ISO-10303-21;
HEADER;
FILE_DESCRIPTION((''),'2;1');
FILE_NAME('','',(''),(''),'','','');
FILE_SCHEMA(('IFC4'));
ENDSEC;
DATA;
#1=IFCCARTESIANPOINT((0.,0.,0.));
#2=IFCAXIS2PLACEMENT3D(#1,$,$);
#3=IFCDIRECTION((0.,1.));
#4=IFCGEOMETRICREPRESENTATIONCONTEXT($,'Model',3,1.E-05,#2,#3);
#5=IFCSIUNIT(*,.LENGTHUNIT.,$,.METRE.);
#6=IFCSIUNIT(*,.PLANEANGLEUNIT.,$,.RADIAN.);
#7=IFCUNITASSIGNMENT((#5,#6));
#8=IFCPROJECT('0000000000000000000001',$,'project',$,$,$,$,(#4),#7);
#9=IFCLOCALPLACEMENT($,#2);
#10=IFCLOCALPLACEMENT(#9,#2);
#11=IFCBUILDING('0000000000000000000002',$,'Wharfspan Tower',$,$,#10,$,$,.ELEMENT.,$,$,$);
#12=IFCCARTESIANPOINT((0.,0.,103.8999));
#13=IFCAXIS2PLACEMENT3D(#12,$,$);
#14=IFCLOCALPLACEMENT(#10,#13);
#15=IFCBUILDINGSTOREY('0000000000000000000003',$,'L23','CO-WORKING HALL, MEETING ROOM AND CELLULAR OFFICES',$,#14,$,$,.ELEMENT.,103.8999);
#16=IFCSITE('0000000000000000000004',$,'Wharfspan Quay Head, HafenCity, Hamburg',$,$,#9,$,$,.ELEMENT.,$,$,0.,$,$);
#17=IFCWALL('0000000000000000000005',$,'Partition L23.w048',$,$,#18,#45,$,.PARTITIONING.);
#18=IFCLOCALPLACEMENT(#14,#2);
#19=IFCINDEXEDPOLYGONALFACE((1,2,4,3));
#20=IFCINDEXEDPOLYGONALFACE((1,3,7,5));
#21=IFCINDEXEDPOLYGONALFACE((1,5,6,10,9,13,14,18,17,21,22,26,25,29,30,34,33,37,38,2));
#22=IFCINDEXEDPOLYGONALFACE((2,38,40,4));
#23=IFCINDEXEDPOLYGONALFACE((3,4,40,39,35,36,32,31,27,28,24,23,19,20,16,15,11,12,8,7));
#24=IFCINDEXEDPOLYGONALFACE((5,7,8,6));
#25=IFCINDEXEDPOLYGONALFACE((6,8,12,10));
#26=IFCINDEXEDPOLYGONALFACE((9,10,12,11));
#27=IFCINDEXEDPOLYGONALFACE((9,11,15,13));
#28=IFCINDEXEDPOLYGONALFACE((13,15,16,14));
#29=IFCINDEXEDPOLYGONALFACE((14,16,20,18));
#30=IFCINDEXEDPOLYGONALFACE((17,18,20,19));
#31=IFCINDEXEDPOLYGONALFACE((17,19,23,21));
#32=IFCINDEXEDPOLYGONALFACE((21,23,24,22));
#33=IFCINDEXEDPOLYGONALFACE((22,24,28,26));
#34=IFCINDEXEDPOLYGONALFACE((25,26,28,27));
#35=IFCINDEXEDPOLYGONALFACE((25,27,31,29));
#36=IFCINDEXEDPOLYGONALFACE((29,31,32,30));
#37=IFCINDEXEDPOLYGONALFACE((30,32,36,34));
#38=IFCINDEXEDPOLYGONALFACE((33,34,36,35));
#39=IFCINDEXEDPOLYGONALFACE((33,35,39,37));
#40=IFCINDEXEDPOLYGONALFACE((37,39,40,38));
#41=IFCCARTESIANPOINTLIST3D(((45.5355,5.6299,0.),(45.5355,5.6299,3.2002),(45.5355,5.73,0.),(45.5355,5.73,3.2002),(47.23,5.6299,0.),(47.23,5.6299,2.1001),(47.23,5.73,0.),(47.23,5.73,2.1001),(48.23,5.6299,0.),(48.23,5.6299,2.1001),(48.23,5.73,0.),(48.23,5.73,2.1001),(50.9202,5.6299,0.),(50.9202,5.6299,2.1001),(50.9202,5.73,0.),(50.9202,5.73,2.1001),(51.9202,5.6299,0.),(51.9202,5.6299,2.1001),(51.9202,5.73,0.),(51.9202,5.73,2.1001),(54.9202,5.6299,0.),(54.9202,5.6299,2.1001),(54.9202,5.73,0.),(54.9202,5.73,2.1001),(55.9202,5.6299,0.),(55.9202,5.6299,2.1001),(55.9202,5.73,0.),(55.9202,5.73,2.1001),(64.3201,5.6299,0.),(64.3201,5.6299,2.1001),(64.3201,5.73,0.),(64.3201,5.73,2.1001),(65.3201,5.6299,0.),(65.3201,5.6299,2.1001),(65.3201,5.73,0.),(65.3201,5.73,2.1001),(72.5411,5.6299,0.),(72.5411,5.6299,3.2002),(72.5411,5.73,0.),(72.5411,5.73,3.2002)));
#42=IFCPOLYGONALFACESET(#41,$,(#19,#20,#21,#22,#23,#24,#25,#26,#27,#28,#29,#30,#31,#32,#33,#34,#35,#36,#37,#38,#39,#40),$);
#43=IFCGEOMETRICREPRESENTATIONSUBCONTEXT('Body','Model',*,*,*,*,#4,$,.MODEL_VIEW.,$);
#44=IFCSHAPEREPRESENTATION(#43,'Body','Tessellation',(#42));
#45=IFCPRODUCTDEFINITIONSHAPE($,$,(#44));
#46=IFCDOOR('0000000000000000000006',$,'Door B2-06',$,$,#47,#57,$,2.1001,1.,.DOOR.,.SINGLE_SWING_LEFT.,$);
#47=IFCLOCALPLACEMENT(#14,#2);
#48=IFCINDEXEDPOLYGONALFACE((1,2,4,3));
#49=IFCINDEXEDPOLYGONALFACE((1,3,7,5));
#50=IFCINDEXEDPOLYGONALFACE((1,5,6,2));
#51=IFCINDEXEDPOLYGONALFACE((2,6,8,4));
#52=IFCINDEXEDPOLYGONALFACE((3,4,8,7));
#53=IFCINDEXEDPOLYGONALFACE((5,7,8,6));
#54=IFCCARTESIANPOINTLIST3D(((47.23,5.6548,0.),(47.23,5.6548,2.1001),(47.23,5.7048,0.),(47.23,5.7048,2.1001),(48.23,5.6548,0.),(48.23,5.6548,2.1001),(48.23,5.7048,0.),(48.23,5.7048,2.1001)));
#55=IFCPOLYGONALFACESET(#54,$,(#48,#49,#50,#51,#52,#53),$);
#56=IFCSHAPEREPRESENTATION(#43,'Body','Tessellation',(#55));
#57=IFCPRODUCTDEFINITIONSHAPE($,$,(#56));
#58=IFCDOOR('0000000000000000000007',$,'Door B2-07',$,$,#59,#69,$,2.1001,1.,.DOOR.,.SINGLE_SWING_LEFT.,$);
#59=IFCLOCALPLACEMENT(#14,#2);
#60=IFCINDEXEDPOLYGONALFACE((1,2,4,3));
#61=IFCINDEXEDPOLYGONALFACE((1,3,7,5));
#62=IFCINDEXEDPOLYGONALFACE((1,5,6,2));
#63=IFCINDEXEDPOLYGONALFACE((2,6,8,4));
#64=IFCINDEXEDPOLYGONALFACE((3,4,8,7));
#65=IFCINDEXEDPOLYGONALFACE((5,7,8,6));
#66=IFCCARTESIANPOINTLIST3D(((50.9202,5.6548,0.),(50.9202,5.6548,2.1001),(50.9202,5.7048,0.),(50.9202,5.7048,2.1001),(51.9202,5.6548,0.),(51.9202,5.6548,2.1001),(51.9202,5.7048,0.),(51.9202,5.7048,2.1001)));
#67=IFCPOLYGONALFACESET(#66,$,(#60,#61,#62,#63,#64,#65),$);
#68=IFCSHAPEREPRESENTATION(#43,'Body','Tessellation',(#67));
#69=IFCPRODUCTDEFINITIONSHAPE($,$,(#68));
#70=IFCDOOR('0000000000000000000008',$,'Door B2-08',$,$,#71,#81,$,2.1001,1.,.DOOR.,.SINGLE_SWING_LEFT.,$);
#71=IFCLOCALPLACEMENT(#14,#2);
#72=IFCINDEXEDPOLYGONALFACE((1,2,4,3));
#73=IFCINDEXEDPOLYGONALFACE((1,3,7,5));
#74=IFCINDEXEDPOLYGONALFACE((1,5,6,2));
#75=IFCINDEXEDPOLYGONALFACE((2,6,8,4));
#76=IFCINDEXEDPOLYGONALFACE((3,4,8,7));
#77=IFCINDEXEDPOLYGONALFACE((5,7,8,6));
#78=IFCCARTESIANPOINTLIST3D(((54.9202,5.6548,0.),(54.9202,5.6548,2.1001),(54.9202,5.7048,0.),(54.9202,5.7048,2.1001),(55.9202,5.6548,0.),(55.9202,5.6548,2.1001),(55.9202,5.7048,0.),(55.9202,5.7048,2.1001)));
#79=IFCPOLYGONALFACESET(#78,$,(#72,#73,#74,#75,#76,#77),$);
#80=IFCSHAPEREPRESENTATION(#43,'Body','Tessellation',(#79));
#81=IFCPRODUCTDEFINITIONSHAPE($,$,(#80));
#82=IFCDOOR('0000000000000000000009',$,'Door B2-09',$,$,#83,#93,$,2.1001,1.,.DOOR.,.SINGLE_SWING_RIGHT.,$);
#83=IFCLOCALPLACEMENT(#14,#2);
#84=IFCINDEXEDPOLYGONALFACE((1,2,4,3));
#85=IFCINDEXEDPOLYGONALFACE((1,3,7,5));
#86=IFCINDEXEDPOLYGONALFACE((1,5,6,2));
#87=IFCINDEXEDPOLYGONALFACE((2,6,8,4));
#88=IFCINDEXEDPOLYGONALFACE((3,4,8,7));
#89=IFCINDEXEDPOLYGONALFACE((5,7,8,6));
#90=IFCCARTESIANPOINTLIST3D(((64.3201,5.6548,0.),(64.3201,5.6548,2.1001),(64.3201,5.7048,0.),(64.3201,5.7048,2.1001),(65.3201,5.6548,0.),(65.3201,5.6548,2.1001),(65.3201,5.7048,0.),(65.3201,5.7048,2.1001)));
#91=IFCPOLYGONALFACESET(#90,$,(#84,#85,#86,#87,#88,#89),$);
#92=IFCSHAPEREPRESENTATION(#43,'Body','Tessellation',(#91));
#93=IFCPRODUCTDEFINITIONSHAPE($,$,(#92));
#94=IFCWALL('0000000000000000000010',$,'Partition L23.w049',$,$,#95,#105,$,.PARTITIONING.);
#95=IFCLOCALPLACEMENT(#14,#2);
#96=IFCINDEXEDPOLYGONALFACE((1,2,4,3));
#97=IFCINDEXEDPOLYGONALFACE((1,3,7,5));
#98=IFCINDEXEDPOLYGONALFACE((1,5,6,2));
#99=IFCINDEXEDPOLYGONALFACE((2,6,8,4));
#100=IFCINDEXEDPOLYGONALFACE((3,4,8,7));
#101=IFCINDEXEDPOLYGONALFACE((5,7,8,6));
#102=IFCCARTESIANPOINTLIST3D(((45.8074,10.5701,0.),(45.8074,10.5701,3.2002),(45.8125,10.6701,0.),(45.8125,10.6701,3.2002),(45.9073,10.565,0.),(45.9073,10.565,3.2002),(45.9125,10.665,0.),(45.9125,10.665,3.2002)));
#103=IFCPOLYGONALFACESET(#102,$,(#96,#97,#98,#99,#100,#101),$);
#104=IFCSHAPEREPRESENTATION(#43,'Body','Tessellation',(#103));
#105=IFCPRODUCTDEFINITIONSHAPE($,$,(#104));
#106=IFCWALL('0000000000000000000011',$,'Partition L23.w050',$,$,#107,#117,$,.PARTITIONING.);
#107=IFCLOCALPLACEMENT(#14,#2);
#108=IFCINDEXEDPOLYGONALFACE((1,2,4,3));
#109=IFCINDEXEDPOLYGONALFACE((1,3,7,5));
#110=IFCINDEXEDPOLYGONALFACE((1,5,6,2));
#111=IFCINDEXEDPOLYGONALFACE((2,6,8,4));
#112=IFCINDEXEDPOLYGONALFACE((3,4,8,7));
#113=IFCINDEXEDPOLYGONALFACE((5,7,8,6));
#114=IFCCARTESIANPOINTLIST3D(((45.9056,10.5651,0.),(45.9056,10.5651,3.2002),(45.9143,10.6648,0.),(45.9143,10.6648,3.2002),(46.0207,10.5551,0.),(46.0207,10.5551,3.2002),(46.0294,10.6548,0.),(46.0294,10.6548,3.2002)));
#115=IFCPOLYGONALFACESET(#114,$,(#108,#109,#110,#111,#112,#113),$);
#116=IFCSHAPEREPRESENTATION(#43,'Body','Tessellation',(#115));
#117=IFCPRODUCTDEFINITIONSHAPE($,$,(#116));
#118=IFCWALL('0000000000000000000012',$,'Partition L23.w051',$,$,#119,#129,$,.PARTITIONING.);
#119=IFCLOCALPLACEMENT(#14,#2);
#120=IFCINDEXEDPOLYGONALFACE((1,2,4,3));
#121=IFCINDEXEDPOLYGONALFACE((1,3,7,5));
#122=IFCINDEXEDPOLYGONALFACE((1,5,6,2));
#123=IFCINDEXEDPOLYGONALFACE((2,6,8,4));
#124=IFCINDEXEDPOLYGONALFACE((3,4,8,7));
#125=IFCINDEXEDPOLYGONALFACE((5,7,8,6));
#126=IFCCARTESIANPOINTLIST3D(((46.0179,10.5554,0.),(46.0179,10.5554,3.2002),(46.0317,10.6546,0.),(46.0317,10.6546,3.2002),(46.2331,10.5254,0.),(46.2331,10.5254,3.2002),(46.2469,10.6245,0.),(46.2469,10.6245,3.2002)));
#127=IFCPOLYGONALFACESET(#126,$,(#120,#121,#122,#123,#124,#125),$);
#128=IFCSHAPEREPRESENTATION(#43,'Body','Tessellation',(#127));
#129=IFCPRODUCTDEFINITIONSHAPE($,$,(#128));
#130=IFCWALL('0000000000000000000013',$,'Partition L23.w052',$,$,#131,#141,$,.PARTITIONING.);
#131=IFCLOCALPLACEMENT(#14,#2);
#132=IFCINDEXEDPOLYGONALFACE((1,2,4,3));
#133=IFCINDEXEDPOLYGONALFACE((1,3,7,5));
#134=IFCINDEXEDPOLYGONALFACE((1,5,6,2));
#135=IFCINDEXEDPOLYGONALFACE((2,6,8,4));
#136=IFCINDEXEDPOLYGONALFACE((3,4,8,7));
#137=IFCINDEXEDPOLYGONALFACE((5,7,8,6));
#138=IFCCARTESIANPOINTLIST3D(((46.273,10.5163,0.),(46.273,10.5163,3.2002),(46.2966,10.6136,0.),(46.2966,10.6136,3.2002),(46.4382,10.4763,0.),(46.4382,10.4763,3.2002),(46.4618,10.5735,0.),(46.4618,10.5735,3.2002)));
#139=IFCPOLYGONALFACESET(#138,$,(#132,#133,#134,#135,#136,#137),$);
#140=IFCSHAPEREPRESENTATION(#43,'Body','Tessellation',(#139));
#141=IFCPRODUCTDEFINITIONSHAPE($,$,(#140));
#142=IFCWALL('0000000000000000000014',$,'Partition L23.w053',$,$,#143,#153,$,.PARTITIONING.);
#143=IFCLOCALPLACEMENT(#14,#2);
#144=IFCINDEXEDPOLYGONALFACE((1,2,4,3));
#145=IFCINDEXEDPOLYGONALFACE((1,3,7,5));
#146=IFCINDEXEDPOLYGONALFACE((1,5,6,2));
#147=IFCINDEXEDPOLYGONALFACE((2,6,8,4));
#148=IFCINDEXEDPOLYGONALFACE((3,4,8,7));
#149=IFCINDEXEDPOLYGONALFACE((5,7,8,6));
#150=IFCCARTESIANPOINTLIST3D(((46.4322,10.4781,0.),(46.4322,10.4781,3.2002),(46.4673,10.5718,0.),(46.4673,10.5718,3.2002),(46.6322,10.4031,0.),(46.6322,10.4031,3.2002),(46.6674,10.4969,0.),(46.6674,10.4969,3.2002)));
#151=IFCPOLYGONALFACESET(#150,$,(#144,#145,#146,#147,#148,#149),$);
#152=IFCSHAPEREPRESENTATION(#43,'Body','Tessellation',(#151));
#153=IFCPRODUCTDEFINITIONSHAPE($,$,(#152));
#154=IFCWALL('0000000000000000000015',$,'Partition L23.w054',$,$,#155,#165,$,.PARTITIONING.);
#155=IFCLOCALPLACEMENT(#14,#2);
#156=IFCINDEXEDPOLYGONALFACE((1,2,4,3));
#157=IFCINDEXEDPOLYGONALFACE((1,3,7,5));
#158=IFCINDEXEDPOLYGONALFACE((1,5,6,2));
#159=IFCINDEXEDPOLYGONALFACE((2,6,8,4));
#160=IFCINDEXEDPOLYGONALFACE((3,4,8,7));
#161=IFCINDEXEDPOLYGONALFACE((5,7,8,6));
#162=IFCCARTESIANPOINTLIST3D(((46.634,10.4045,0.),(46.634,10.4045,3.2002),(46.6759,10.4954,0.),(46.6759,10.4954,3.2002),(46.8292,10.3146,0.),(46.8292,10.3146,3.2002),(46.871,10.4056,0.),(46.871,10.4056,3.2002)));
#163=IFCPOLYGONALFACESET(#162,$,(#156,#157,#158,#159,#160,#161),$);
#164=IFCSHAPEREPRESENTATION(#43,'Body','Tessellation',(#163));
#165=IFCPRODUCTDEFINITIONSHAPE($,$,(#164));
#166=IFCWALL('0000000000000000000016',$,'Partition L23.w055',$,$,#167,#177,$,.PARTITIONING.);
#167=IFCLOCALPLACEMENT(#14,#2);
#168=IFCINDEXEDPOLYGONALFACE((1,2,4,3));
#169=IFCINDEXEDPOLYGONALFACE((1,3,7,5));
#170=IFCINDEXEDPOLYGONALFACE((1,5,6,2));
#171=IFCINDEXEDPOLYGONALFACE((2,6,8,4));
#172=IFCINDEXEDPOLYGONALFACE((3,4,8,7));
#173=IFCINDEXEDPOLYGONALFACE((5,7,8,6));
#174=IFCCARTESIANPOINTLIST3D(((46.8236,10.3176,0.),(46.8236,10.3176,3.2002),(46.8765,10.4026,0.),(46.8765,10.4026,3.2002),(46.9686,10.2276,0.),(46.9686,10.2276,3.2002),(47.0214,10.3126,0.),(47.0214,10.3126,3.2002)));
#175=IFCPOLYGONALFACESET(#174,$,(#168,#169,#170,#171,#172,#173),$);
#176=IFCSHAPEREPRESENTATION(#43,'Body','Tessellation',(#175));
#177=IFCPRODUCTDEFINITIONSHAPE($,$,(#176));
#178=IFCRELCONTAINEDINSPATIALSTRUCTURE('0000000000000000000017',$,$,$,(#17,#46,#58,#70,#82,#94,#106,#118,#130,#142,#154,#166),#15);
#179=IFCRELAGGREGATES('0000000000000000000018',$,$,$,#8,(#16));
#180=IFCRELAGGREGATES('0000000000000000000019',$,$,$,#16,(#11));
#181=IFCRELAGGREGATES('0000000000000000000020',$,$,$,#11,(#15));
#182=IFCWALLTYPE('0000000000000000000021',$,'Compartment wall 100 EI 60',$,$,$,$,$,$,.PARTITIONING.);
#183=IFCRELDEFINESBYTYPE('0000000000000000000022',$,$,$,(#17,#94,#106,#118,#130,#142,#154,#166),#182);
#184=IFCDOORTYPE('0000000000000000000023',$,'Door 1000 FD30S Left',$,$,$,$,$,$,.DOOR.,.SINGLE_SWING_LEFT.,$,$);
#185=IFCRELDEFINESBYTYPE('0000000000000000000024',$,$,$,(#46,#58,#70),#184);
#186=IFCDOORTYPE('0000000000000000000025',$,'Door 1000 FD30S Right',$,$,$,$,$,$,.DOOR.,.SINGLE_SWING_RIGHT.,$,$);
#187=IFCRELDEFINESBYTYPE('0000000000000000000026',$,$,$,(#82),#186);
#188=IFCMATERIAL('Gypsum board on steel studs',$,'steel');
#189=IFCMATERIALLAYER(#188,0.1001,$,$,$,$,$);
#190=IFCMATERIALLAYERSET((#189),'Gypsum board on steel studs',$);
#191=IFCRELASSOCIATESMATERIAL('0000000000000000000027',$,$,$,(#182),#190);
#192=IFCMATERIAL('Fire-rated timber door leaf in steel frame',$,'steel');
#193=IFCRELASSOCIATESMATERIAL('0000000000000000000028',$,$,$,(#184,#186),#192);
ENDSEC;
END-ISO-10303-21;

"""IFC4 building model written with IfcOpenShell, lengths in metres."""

from ifc_helpers import new_model, si_unit, direction, frame, frame_2d, origin, place, context, subcontext, project, spatial, rectangle, extrude, material, layer, layer_set, type_object, element, fill, save


model = new_model("IFC4")

# Units and contexts
model_context = context("Model", 3, precision=1e-05, world=origin(), true_north=direction((0.0, 1.0)))
body_context = subcontext(model_context, "Body", "Model", "MODEL_VIEW")
ifc_project = project(units=[si_unit("LENGTHUNIT", "METRE"), si_unit("PLANEANGLEUNIT", "RADIAN")], contexts=[model_context])

# Site, building, storey
site_placement = place(None, origin())
site = spatial("IfcSite", under=ifc_project, at=site_placement, Name="Wharfspan Quay Head, HafenCity, Hamburg", CompositionType="ELEMENT", RefElevation=0.0)
building_placement = place(site_placement, origin())
building = spatial("IfcBuilding", under=site, at=building_placement, Name="Wharfspan Tower", CompositionType="ELEMENT")
storey_placement = place(building_placement, frame((0.0, 0.0, 103.8999)))
storey = spatial("IfcBuildingStorey", under=building, at=storey_placement, Name="L23", Description="CO-WORKING HALL, MEETING ROOM AND CELLULAR OFFICES", CompositionType="ELEMENT", Elevation=103.8999)

# Wall, openings, doors
ifc_material_1 = material(Name="Gypsum board on steel studs", Category="steel")
ifc_layer_1 = layer(ifc_material_1, 0.1001)
ifc_layer_set_1 = layer_set([ifc_layer_1], Name="Gypsum board on steel studs")
wall_type_1 = type_object("IfcWallType", Name="Compartment wall 100 EI 60", PredefinedType="PARTITIONING", material=ifc_layer_set_1)
wall_1_placement = place(storey_placement, frame((45.5354, 5.6799, 0.0), z_axis=(0.0, 0.0, 1.0), x_axis=(1.0, 0.0, 0.0)))
wall_1 = element("IfcWall", 1, at=wall_1_placement, inside=storey, type_object=wall_type_1, Name="Partition L23.w048", PredefinedType="PARTITIONING", context=body_context, shape_type="SweptSolid", body=[
    extrude(rectangle(XDim=27.0056, YDim=0.1001, at=frame_2d((13.5029, 0.0))), origin(), (0.0, 0.0, 1.0), 3.2002),
])
opening_1_placement = place(wall_1_placement, frame((1.6946, 0.0, 0.0)))
opening_1 = element("IfcOpeningElement", 2, at=opening_1_placement, cuts=wall_1, PredefinedType="OPENING", context=body_context, shape_type="SweptSolid", body=[
    extrude(rectangle(XDim=1.0, YDim=2.1001, at=frame_2d((0.5, 1.05))), frame((0.0, 0.0601, 0.0), z_axis=(0.0, -1.0, 0.0), x_axis=(1.0, 0.0, 0.0)), (0.0, 0.0, 1.0), 0.1201),
])
opening_2_placement = place(wall_1_placement, frame((5.3848, 0.0, 0.0)))
opening_2 = element("IfcOpeningElement", 3, at=opening_2_placement, cuts=wall_1, PredefinedType="OPENING", context=body_context, shape_type="SweptSolid", body=[
    extrude(rectangle(XDim=1.0, YDim=2.1001, at=frame_2d((0.5, 1.05))), frame((0.0, 0.0601, 0.0), z_axis=(0.0, -1.0, 0.0), x_axis=(1.0, 0.0, 0.0)), (0.0, 0.0, 1.0), 0.1201),
])
opening_3_placement = place(wall_1_placement, frame((9.3848, 0.0, 0.0)))
opening_3 = element("IfcOpeningElement", 4, at=opening_3_placement, cuts=wall_1, PredefinedType="OPENING", context=body_context, shape_type="SweptSolid", body=[
    extrude(rectangle(XDim=1.0, YDim=2.1001, at=frame_2d((0.5, 1.05))), frame((0.0, 0.0601, 0.0), z_axis=(0.0, -1.0, 0.0), x_axis=(1.0, 0.0, 0.0)), (0.0, 0.0, 1.0), 0.1201),
])
opening_4_placement = place(wall_1_placement, frame((18.7847, 0.0, 0.0)))
opening_4 = element("IfcOpeningElement", 5, at=opening_4_placement, cuts=wall_1, PredefinedType="OPENING", context=body_context, shape_type="SweptSolid", body=[
    extrude(rectangle(XDim=1.0, YDim=2.1001, at=frame_2d((0.5, 1.05))), frame((0.0, 0.0601, 0.0), z_axis=(0.0, -1.0, 0.0), x_axis=(1.0, 0.0, 0.0)), (0.0, 0.0, 1.0), 0.1201),
])
ifc_material_2 = material(Name="Fire-rated timber door leaf in steel frame", Category="steel")
door_type_1 = type_object("IfcDoorType", Name="Door 1000 FD30S Left", OperationType="SINGLE_SWING_LEFT", PredefinedType="DOOR", material=ifc_material_2)
door_1_placement = place(opening_1_placement, origin())
door_1 = element("IfcDoor", 6, at=door_1_placement, inside=storey, type_object=door_type_1, Name="Door B2-06", OperationType="SINGLE_SWING_LEFT", OverallHeight=2.1001, OverallWidth=1.0, PredefinedType="DOOR", context=body_context, shape_type="SweptSolid", body=[
    extrude(rectangle(XDim=1.0, YDim=2.1001, at=frame_2d((0.5, 1.05))), frame((0.0, 0.0249, 0.0), z_axis=(0.0, -1.0, 0.0), x_axis=(1.0, 0.0, 0.0)), (0.0, 0.0, 1.0), 0.05),
])
fill(opening_1, door_1)
door_2_placement = place(opening_2_placement, origin())
door_2 = element("IfcDoor", 7, at=door_2_placement, inside=storey, type_object=door_type_1, Name="Door B2-07", OperationType="SINGLE_SWING_LEFT", OverallHeight=2.1001, OverallWidth=1.0, PredefinedType="DOOR", context=body_context, shape_type="SweptSolid", body=[
    extrude(rectangle(XDim=1.0, YDim=2.1001, at=frame_2d((0.5, 1.05))), frame((0.0, 0.0249, 0.0), z_axis=(0.0, -1.0, 0.0), x_axis=(1.0, 0.0, 0.0)), (0.0, 0.0, 1.0), 0.05),
])
fill(opening_2, door_2)
door_3_placement = place(opening_3_placement, origin())
door_3 = element("IfcDoor", 8, at=door_3_placement, inside=storey, type_object=door_type_1, Name="Door B2-08", OperationType="SINGLE_SWING_LEFT", OverallHeight=2.1001, OverallWidth=1.0, PredefinedType="DOOR", context=body_context, shape_type="SweptSolid", body=[
    extrude(rectangle(XDim=1.0, YDim=2.1001, at=frame_2d((0.5, 1.05))), frame((0.0, 0.0249, 0.0), z_axis=(0.0, -1.0, 0.0), x_axis=(1.0, 0.0, 0.0)), (0.0, 0.0, 1.0), 0.05),
])
fill(opening_3, door_3)
door_type_2 = type_object("IfcDoorType", Name="Door 1000 FD30S Right", OperationType="SINGLE_SWING_RIGHT", PredefinedType="DOOR", material=ifc_material_2)
door_4_placement = place(opening_4_placement, origin())
door_4 = element("IfcDoor", 9, at=door_4_placement, inside=storey, type_object=door_type_2, Name="Door B2-09", OperationType="SINGLE_SWING_RIGHT", OverallHeight=2.1001, OverallWidth=1.0, PredefinedType="DOOR", context=body_context, shape_type="SweptSolid", body=[
    extrude(rectangle(XDim=1.0, YDim=2.1001, at=frame_2d((0.5, 1.05))), frame((0.0, 0.0249, 0.0), z_axis=(0.0, -1.0, 0.0), x_axis=(1.0, 0.0, 0.0)), (0.0, 0.0, 1.0), 0.05),
])
fill(opening_4, door_4)

# Walls
wall_2_placement = place(storey_placement, frame((45.9099, 10.615, 0.0), z_axis=(0.0, 0.0, 1.0), x_axis=(-0.998681, 0.051277, 0.0)))
element("IfcWall", 10, at=wall_2_placement, inside=storey, type_object=wall_type_1, Name="Partition L23.w049", PredefinedType="PARTITIONING", context=body_context, shape_type="SweptSolid", body=[
    extrude(rectangle(XDim=0.1001, YDim=0.1001, at=frame_2d((0.05, 0.0))), origin(), (0.0, 0.0, 1.0), 3.2002),
])
wall_3_placement = place(storey_placement, frame((46.0249, 10.605, 0.0), z_axis=(0.0, 0.0, 1.0), x_axis=(-0.996234, 0.086721, 0.0)))
element("IfcWall", 11, at=wall_3_placement, inside=storey, type_object=wall_type_1, Name="Partition L23.w050", PredefinedType="PARTITIONING", context=body_context, shape_type="SweptSolid", body=[
    extrude(rectangle(XDim=0.1155, YDim=0.1001, at=frame_2d((0.0576, 0.0))), origin(), (0.0, 0.0, 1.0), 3.2002),
])
wall_4_placement = place(storey_placement, frame((46.24, 10.575, 0.0), z_axis=(0.0, 0.0, 1.0), x_axis=(-0.990394, 0.138273, 0.0)))
element("IfcWall", 12, at=wall_4_placement, inside=storey, type_object=wall_type_1, Name="Partition L23.w051", PredefinedType="PARTITIONING", context=body_context, shape_type="SweptSolid", body=[
    extrude(rectangle(XDim=0.2173, YDim=0.1001, at=frame_2d((0.1086, 0.0))), origin(), (0.0, 0.0, 1.0), 3.2002),
])
wall_5_placement = place(storey_placement, frame((46.45, 10.5249, 0.0), z_axis=(0.0, 0.0, 1.0), x_axis=(-0.971812, 0.235765, 0.0)))
element("IfcWall", 13, at=wall_5_placement, inside=storey, type_object=wall_type_1, Name="Partition L23.w052", PredefinedType="PARTITIONING", context=body_context, shape_type="SweptSolid", body=[
    extrude(rectangle(XDim=0.1699, YDim=0.1001, at=frame_2d((0.085, 0.0))), origin(), (0.0, 0.0, 1.0), 3.2002),
])
wall_6_placement = place(storey_placement, frame((46.6499, 10.45, 0.0), z_axis=(0.0, 0.0, 1.0), x_axis=(-0.936373, 0.350997, 0.0)))
element("IfcWall", 14, at=wall_6_placement, inside=storey, type_object=wall_type_1, Name="Partition L23.w053", PredefinedType="PARTITIONING", context=body_context, shape_type="SweptSolid", body=[
    extrude(rectangle(XDim=0.2136, YDim=0.1001, at=frame_2d((0.1069, 0.0))), origin(), (0.0, 0.0, 1.0), 3.2002),
])
wall_7_placement = place(storey_placement, frame((46.8501, 10.3601, 0.0), z_axis=(0.0, 0.0, 1.0), x_axis=(-0.908296, 0.418339, 0.0)))
element("IfcWall", 15, at=wall_7_placement, inside=storey, type_object=wall_type_1, Name="Partition L23.w054", PredefinedType="PARTITIONING", context=body_context, shape_type="SweptSolid", body=[
    extrude(rectangle(XDim=0.2148, YDim=0.1001, at=frame_2d((0.1074, 0.0))), origin(), (0.0, 0.0, 1.0), 3.2002),
])
wall_8_placement = place(storey_placement, frame((46.9951, 10.27, 0.0), z_axis=(0.0, 0.0, 1.0), x_axis=(-0.849441, 0.527683, 0.0)))
element("IfcWall", 16, at=wall_8_placement, inside=storey, type_object=wall_type_1, Name="Partition L23.w055", PredefinedType="PARTITIONING", context=body_context, shape_type="SweptSolid", body=[
    extrude(rectangle(XDim=0.1707, YDim=0.1001, at=frame_2d((0.0854, 0.0))), origin(), (0.0, 0.0, 1.0), 3.2002),
])

save(model, "model.ifc")
